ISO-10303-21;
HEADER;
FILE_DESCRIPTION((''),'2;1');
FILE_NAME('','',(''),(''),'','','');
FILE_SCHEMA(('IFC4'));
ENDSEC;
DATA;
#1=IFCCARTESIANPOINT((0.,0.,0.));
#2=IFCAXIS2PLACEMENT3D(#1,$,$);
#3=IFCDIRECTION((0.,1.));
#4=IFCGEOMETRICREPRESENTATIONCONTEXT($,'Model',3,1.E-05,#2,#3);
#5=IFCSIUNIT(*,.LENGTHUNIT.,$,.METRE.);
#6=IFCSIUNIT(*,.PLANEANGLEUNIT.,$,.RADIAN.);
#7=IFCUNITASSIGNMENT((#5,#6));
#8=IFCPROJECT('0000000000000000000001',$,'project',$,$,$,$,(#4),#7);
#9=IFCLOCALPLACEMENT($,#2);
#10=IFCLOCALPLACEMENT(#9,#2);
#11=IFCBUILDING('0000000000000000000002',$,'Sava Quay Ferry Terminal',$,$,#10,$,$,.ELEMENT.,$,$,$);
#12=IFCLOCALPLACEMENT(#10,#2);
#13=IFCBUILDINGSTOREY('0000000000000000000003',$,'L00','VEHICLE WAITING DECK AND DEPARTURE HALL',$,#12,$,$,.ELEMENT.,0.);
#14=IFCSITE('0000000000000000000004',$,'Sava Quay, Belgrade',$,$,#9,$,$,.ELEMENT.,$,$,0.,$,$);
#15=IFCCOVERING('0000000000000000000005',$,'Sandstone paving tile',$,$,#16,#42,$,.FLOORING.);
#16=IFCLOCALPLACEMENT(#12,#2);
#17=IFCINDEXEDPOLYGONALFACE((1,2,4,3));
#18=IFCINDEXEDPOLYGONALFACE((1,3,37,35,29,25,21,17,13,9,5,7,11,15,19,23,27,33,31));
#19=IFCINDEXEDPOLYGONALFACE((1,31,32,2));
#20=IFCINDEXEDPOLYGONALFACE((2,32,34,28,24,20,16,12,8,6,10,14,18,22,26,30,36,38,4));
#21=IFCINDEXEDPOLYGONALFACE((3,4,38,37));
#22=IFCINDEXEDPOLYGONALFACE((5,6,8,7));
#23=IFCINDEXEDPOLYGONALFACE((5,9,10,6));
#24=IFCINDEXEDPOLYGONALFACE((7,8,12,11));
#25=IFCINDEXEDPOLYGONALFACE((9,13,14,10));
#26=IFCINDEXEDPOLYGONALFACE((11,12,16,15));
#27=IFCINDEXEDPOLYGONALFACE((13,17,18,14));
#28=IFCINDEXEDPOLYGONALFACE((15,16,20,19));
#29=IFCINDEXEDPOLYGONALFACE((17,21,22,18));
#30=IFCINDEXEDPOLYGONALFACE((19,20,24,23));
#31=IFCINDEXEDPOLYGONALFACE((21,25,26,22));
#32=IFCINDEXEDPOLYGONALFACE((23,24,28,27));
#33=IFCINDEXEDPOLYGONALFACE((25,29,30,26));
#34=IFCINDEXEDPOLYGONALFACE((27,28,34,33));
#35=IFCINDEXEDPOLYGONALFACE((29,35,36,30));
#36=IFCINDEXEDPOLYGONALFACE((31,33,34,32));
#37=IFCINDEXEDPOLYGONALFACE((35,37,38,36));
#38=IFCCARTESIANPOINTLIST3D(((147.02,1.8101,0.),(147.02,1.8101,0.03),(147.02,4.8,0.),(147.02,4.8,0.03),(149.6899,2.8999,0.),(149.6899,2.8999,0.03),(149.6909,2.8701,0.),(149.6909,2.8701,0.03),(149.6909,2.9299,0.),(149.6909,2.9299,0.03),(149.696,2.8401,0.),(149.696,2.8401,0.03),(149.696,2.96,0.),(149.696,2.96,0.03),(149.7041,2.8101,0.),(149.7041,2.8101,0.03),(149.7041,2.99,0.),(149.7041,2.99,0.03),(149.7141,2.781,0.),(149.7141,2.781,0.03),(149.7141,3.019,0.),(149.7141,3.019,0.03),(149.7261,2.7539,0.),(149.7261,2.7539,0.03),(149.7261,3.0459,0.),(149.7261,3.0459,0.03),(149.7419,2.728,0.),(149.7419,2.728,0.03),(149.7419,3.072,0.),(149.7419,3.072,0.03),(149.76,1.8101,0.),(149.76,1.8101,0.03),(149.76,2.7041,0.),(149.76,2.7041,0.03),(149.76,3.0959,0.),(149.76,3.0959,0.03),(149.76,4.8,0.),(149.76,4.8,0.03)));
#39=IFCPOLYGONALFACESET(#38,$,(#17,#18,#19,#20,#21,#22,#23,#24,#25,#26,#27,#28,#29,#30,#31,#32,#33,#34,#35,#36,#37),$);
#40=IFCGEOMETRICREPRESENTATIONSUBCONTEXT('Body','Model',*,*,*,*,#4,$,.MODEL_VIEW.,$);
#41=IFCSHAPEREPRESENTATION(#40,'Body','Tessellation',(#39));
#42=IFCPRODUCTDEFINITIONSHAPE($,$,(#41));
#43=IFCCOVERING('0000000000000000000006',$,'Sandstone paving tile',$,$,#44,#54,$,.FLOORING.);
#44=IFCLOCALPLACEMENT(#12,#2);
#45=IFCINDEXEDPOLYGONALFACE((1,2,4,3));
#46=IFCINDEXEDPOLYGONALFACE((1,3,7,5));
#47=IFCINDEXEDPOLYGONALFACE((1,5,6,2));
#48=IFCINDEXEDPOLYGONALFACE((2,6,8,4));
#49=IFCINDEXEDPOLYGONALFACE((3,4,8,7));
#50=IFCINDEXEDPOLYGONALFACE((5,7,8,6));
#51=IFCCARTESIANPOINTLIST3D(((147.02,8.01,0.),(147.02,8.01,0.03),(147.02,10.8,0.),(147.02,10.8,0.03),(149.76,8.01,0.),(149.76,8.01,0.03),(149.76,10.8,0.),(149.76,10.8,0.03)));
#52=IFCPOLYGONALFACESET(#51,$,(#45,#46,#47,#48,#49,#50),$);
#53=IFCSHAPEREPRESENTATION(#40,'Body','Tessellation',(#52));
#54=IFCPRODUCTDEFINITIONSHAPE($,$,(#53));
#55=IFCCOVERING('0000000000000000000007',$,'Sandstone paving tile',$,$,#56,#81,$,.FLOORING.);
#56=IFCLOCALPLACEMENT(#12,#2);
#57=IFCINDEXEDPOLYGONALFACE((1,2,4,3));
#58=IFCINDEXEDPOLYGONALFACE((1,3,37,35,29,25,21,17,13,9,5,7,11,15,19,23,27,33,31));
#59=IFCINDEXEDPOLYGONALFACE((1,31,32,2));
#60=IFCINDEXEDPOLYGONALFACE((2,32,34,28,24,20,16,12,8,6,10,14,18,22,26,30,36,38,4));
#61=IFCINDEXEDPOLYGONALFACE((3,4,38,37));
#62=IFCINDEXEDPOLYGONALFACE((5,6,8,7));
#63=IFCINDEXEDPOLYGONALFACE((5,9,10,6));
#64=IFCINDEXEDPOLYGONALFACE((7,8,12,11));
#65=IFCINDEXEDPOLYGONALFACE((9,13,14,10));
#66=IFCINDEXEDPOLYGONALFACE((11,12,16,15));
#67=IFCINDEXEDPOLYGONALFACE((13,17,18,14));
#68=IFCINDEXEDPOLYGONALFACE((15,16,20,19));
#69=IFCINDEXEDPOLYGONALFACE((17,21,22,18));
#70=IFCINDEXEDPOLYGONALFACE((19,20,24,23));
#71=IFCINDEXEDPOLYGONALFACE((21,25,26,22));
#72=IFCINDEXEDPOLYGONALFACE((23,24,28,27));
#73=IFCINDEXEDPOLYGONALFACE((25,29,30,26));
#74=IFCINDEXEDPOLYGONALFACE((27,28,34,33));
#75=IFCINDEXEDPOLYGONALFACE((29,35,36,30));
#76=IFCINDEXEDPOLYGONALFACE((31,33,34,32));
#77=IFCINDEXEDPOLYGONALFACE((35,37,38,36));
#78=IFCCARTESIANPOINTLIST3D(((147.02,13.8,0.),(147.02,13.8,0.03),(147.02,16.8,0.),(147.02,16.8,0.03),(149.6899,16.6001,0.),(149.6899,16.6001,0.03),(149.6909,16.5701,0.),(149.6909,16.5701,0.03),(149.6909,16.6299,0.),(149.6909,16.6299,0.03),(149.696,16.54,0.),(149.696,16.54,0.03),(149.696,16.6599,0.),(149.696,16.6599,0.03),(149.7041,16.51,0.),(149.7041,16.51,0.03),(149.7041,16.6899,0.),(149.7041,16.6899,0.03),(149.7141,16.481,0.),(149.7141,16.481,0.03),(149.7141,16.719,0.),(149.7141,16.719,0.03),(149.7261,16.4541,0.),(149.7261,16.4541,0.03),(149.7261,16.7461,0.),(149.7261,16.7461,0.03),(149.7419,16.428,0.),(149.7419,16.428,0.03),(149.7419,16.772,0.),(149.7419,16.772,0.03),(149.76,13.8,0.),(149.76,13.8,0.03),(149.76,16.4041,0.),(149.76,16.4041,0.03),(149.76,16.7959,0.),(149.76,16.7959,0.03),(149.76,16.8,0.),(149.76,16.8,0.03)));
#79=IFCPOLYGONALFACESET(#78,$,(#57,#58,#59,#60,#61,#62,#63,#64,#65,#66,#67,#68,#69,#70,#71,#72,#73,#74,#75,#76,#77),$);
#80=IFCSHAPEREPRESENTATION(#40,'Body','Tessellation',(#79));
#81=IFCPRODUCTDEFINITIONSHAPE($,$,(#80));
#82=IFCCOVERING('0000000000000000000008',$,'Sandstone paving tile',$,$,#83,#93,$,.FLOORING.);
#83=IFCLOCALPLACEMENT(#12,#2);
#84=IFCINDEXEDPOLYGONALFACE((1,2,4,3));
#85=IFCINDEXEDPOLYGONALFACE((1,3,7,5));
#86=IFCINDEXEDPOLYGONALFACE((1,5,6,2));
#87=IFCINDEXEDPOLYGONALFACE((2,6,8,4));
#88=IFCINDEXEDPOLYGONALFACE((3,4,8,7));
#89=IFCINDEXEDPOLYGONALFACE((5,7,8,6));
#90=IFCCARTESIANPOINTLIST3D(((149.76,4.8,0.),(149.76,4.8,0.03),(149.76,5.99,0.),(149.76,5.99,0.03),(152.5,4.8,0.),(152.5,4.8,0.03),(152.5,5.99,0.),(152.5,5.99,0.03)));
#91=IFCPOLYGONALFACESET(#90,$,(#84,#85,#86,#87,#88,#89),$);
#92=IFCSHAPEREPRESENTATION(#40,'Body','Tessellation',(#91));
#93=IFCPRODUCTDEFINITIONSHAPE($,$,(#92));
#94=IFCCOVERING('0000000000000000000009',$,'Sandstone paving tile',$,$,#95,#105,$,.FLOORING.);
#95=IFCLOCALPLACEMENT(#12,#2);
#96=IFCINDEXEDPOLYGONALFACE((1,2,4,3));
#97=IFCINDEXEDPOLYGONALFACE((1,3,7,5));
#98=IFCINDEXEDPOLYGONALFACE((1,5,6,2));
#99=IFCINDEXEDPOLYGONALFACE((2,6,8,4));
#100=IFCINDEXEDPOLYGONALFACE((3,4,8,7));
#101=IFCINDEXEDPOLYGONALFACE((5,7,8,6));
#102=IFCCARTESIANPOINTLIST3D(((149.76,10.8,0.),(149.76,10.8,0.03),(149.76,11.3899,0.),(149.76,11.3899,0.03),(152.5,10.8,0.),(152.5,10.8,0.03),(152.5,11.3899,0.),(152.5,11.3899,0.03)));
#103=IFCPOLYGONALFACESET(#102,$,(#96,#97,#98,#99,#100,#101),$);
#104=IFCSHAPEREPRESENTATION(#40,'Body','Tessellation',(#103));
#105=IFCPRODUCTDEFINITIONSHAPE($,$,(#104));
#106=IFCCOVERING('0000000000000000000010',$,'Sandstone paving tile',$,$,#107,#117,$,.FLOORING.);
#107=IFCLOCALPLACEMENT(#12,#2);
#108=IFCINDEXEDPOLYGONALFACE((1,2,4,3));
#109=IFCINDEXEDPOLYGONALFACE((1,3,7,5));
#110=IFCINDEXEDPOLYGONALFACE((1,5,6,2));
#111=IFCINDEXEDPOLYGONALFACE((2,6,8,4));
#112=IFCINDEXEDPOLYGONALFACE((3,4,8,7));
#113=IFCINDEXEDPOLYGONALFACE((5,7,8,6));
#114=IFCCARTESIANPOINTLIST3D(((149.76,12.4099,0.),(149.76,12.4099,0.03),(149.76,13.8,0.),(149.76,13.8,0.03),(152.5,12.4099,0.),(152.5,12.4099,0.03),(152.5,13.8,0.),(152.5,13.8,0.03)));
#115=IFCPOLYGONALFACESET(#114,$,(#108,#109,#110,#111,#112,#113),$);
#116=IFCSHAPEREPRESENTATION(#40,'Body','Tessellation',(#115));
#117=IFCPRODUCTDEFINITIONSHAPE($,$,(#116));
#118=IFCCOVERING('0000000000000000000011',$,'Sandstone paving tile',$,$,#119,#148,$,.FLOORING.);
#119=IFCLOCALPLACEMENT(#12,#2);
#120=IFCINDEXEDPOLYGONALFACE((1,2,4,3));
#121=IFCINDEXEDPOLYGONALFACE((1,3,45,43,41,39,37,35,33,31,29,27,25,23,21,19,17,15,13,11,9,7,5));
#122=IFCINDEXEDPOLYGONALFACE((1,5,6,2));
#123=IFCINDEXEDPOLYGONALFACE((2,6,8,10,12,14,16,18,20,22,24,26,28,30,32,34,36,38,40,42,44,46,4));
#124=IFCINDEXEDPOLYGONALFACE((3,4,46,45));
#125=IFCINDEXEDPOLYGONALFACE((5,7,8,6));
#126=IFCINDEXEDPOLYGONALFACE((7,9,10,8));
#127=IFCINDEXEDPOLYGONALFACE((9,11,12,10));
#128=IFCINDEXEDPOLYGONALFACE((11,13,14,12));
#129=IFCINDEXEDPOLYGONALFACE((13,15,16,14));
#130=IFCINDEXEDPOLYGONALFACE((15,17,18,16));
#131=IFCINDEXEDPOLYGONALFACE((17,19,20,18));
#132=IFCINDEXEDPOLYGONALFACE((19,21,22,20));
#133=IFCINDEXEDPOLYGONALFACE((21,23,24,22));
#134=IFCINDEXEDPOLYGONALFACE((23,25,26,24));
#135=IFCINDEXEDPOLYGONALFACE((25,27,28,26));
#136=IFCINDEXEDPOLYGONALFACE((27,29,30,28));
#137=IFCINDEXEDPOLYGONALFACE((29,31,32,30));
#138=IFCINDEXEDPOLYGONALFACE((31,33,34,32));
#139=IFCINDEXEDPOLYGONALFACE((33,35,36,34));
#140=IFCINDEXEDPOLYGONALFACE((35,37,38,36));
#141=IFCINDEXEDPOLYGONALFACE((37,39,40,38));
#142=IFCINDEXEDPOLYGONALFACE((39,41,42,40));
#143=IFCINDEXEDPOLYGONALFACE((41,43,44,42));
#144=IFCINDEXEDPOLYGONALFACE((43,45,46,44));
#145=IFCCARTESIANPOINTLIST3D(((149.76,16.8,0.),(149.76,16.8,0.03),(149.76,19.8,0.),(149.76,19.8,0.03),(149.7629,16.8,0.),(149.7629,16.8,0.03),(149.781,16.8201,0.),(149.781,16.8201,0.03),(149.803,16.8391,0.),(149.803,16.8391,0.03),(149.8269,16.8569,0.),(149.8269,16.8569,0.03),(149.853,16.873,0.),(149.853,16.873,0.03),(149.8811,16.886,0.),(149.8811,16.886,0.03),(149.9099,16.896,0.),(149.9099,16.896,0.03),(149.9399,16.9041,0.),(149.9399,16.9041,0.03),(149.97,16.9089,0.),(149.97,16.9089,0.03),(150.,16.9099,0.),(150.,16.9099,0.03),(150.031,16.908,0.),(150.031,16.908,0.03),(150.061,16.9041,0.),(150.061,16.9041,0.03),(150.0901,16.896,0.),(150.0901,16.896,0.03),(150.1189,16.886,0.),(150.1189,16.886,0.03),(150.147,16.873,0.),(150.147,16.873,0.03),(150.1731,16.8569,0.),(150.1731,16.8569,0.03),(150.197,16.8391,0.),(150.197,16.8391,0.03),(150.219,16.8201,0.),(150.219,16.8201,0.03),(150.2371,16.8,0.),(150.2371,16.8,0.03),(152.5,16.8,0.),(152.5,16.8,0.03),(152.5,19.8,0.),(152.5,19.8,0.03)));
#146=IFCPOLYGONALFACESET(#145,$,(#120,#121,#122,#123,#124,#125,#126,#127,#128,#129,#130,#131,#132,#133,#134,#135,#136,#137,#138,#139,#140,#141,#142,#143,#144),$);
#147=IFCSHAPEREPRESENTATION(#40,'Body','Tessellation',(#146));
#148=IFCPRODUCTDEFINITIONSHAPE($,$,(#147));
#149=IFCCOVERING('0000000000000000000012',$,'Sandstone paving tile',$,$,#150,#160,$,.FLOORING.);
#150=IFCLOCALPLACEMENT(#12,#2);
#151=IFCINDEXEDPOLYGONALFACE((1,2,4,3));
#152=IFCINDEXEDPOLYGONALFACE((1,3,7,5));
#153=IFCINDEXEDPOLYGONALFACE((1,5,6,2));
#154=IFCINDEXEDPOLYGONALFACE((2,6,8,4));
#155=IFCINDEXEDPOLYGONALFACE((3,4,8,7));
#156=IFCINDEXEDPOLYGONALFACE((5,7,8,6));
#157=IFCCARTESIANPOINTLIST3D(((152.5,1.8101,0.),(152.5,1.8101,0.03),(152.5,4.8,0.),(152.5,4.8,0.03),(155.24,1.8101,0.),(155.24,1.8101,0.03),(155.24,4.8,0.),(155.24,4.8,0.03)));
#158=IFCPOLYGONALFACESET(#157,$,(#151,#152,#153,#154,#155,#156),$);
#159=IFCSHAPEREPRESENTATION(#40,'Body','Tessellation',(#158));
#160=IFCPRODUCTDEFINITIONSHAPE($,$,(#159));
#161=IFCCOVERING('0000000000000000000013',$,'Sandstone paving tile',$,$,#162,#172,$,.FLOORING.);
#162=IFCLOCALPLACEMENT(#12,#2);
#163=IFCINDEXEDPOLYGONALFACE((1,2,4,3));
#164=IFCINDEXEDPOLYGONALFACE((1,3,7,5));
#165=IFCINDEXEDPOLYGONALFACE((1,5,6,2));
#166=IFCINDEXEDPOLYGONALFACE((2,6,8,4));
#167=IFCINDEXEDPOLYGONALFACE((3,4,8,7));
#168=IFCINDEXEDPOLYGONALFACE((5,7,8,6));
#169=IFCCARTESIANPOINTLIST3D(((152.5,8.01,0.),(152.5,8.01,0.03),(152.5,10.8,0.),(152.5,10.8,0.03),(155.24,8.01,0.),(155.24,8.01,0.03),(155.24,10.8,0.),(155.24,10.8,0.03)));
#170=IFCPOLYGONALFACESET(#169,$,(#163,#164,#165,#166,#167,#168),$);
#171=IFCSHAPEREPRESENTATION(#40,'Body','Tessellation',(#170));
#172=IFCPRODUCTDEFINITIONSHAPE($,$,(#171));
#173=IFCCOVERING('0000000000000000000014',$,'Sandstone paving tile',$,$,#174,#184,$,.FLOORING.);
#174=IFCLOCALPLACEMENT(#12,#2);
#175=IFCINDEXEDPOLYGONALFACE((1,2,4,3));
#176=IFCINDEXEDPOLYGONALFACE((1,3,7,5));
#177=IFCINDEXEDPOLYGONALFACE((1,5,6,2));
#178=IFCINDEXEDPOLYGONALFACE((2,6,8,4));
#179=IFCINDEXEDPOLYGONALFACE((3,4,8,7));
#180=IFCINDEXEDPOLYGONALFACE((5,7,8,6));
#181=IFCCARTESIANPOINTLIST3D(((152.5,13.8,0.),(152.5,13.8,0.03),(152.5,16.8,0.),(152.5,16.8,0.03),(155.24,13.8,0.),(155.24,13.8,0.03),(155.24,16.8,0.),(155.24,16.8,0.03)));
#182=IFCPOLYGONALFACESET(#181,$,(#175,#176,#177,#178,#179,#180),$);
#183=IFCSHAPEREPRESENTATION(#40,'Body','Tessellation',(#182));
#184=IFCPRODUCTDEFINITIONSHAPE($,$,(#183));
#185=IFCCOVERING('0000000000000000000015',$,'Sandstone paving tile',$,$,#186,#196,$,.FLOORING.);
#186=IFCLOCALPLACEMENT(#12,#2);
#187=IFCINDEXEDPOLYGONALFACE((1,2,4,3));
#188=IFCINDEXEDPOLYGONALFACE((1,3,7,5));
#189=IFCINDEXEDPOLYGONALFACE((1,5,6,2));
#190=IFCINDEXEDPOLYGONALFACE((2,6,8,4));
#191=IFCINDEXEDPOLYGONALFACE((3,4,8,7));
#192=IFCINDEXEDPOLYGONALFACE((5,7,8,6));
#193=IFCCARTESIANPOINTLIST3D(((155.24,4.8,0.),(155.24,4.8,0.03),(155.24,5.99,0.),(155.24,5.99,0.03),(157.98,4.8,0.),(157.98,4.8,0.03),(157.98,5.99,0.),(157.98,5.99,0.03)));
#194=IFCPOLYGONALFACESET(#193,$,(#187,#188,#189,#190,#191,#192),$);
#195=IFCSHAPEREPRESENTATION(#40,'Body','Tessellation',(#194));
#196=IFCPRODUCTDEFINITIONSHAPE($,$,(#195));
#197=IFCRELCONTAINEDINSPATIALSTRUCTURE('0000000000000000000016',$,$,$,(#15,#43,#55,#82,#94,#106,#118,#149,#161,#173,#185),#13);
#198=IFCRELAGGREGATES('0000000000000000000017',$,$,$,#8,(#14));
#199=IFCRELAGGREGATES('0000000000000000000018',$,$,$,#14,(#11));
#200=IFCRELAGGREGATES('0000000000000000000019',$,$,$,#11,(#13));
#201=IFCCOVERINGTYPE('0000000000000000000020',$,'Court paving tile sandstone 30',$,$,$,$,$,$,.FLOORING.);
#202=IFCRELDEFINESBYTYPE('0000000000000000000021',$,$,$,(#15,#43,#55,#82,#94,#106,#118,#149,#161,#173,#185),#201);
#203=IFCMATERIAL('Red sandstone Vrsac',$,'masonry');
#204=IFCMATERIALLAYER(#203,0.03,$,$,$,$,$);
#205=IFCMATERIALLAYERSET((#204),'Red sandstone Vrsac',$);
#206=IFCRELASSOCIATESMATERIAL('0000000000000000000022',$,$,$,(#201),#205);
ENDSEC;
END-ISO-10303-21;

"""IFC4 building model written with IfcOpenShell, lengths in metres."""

from ifc_helpers import new_model, si_unit, direction, origin, place, context, subcontext, project, spatial, polyline, outline, extrude, material, layer, layer_set, type_object, element, save


model = new_model("IFC4")

# Units and contexts
model_context = context("Model", 3, precision=1e-05, world=origin(), true_north=direction((0.0, 1.0)))
body_context = subcontext(model_context, "Body", "Model", "MODEL_VIEW")
ifc_project = project(units=[si_unit("LENGTHUNIT", "METRE"), si_unit("PLANEANGLEUNIT", "RADIAN")], contexts=[model_context])

# Site, building, storey
site_placement = place(None, origin())
site = spatial("IfcSite", under=ifc_project, at=site_placement, Name="Sava Quay, Belgrade", CompositionType="ELEMENT", RefElevation=0.0)
building_placement = place(site_placement, origin())
building = spatial("IfcBuilding", under=site, at=building_placement, Name="Sava Quay Ferry Terminal", CompositionType="ELEMENT")
storey_placement = place(building_placement, origin())
storey = spatial("IfcBuildingStorey", under=building, at=storey_placement, Name="L00", Description="VEHICLE WAITING DECK AND DEPARTURE HALL", CompositionType="ELEMENT", Elevation=0.0)

# Coverings
ifc_material_1 = material(Name="Red sandstone Vrsac", Category="masonry")
ifc_layer_1 = layer(ifc_material_1, 0.03)
ifc_layer_set_1 = layer_set([ifc_layer_1], Name="Red sandstone Vrsac")
covering_type_1 = type_object("IfcCoveringType", Name="Court paving tile sandstone 30", PredefinedType="FLOORING", material=ifc_layer_set_1)
covering_1_placement = place(storey_placement, origin())
element("IfcCovering", 1, at=covering_1_placement, inside=storey, type_object=covering_type_1, Name="Sandstone paving tile", PredefinedType="FLOORING", context=body_context, shape_type="SweptSolid", body=[
    extrude(outline(polyline([(149.76, 1.8101), (149.76, 2.7041), (149.7419, 2.728), (149.7261, 2.7539), (149.7141, 2.781), (149.7041, 2.8101), (149.696, 2.8401), (149.6909, 2.8701), (149.6899, 2.8999), (149.6909, 2.9299), (149.696, 2.96), (149.7041, 2.99), (149.7141, 3.019), (149.7261, 3.0459), (149.7419, 3.072), (149.76, 3.0959), (149.76, 4.8), (147.02, 4.8), (147.02, 1.8101), (149.76, 1.8101)])), origin(), (0.0, 0.0, 1.0), 0.03),
])
covering_2_placement = place(storey_placement, origin())
element("IfcCovering", 2, at=covering_2_placement, inside=storey, type_object=covering_type_1, Name="Sandstone paving tile", PredefinedType="FLOORING", context=body_context, shape_type="SweptSolid", body=[
    extrude(outline(polyline([(147.02, 10.8), (147.02, 8.01), (149.76, 8.01), (149.76, 10.8), (147.02, 10.8)])), origin(), (0.0, 0.0, 1.0), 0.03),
])
covering_3_placement = place(storey_placement, origin())
element("IfcCovering", 3, at=covering_3_placement, inside=storey, type_object=covering_type_1, Name="Sandstone paving tile", PredefinedType="FLOORING", context=body_context, shape_type="SweptSolid", body=[
    extrude(outline(polyline([(149.76, 13.8), (149.76, 16.4041), (149.7419, 16.428), (149.7261, 16.4541), (149.7141, 16.481), (149.7041, 16.51), (149.696, 16.54), (149.6909, 16.5701), (149.6899, 16.6001), (149.6909, 16.6299), (149.696, 16.6599), (149.7041, 16.6899), (149.7141, 16.719), (149.7261, 16.7461), (149.7419, 16.772), (149.76, 16.7959), (149.76, 16.8), (147.02, 16.8), (147.02, 13.8), (149.76, 13.8)])), origin(), (0.0, 0.0, 1.0), 0.03),
])
covering_4_placement = place(storey_placement, origin())
element("IfcCovering", 4, at=covering_4_placement, inside=storey, type_object=covering_type_1, Name="Sandstone paving tile", PredefinedType="FLOORING", context=body_context, shape_type="SweptSolid", body=[
    extrude(outline(polyline([(152.5, 4.8), (152.5, 5.99), (149.76, 5.99), (149.76, 4.8), (152.5, 4.8)])), origin(), (0.0, 0.0, 1.0), 0.03),
])
covering_5_placement = place(storey_placement, origin())
element("IfcCovering", 5, at=covering_5_placement, inside=storey, type_object=covering_type_1, Name="Sandstone paving tile", PredefinedType="FLOORING", context=body_context, shape_type="SweptSolid", body=[
    extrude(outline(polyline([(152.5, 10.8), (152.5, 11.3899), (149.76, 11.3899), (149.76, 10.8), (152.5, 10.8)])), origin(), (0.0, 0.0, 1.0), 0.03),
])
covering_6_placement = place(storey_placement, origin())
element("IfcCovering", 6, at=covering_6_placement, inside=storey, type_object=covering_type_1, Name="Sandstone paving tile", PredefinedType="FLOORING", context=body_context, shape_type="SweptSolid", body=[
    extrude(outline(polyline([(149.76, 13.8), (149.76, 12.4099), (152.5, 12.4099), (152.5, 13.8), (149.76, 13.8)])), origin(), (0.0, 0.0, 1.0), 0.03),
])
covering_7_placement = place(storey_placement, origin())
element("IfcCovering", 7, at=covering_7_placement, inside=storey, type_object=covering_type_1, Name="Sandstone paving tile", PredefinedType="FLOORING", context=body_context, shape_type="SweptSolid", body=[
    extrude(outline(polyline([(152.5, 16.8), (152.5, 19.8), (149.76, 19.8), (149.76, 16.8), (149.7629, 16.8), (149.781, 16.8201), (149.803, 16.8391), (149.8269, 16.8569), (149.853, 16.873), (149.8811, 16.886), (149.9099, 16.896), (149.9399, 16.9041), (149.97, 16.9089), (150.0, 16.9099), (150.031, 16.908), (150.061, 16.9041), (150.0901, 16.896), (150.1189, 16.886), (150.147, 16.873), (150.1731, 16.8569), (150.197, 16.8391), (150.219, 16.8201), (150.2371, 16.8), (152.5, 16.8)])), origin(), (0.0, 0.0, 1.0), 0.03),
])
covering_8_placement = place(storey_placement, origin())
element("IfcCovering", 8, at=covering_8_placement, inside=storey, type_object=covering_type_1, Name="Sandstone paving tile", PredefinedType="FLOORING", context=body_context, shape_type="SweptSolid", body=[
    extrude(outline(polyline([(152.5, 4.8), (152.5, 1.8101), (155.24, 1.8101), (155.24, 4.8), (152.5, 4.8)])), origin(), (0.0, 0.0, 1.0), 0.03),
])
covering_9_placement = place(storey_placement, origin())
element("IfcCovering", 9, at=covering_9_placement, inside=storey, type_object=covering_type_1, Name="Sandstone paving tile", PredefinedType="FLOORING", context=body_context, shape_type="SweptSolid", body=[
    extrude(outline(polyline([(152.5, 10.8), (152.5, 8.01), (155.24, 8.01), (155.24, 10.8), (152.5, 10.8)])), origin(), (0.0, 0.0, 1.0), 0.03),
])
covering_10_placement = place(storey_placement, origin())
element("IfcCovering", 10, at=covering_10_placement, inside=storey, type_object=covering_type_1, Name="Sandstone paving tile", PredefinedType="FLOORING", context=body_context, shape_type="SweptSolid", body=[
    extrude(outline(polyline([(152.5, 13.8), (155.24, 13.8), (155.24, 16.8), (152.5, 16.8), (152.5, 13.8)])), origin(), (0.0, 0.0, 1.0), 0.03),
])
covering_11_placement = place(storey_placement, origin())
element("IfcCovering", 11, at=covering_11_placement, inside=storey, type_object=covering_type_1, Name="Sandstone paving tile", PredefinedType="FLOORING", context=body_context, shape_type="SweptSolid", body=[
    extrude(outline(polyline([(157.98, 4.8), (157.98, 5.99), (155.24, 5.99), (155.24, 4.8), (157.98, 4.8)])), origin(), (0.0, 0.0, 1.0), 0.03),
])

save(model, "model.ifc")
